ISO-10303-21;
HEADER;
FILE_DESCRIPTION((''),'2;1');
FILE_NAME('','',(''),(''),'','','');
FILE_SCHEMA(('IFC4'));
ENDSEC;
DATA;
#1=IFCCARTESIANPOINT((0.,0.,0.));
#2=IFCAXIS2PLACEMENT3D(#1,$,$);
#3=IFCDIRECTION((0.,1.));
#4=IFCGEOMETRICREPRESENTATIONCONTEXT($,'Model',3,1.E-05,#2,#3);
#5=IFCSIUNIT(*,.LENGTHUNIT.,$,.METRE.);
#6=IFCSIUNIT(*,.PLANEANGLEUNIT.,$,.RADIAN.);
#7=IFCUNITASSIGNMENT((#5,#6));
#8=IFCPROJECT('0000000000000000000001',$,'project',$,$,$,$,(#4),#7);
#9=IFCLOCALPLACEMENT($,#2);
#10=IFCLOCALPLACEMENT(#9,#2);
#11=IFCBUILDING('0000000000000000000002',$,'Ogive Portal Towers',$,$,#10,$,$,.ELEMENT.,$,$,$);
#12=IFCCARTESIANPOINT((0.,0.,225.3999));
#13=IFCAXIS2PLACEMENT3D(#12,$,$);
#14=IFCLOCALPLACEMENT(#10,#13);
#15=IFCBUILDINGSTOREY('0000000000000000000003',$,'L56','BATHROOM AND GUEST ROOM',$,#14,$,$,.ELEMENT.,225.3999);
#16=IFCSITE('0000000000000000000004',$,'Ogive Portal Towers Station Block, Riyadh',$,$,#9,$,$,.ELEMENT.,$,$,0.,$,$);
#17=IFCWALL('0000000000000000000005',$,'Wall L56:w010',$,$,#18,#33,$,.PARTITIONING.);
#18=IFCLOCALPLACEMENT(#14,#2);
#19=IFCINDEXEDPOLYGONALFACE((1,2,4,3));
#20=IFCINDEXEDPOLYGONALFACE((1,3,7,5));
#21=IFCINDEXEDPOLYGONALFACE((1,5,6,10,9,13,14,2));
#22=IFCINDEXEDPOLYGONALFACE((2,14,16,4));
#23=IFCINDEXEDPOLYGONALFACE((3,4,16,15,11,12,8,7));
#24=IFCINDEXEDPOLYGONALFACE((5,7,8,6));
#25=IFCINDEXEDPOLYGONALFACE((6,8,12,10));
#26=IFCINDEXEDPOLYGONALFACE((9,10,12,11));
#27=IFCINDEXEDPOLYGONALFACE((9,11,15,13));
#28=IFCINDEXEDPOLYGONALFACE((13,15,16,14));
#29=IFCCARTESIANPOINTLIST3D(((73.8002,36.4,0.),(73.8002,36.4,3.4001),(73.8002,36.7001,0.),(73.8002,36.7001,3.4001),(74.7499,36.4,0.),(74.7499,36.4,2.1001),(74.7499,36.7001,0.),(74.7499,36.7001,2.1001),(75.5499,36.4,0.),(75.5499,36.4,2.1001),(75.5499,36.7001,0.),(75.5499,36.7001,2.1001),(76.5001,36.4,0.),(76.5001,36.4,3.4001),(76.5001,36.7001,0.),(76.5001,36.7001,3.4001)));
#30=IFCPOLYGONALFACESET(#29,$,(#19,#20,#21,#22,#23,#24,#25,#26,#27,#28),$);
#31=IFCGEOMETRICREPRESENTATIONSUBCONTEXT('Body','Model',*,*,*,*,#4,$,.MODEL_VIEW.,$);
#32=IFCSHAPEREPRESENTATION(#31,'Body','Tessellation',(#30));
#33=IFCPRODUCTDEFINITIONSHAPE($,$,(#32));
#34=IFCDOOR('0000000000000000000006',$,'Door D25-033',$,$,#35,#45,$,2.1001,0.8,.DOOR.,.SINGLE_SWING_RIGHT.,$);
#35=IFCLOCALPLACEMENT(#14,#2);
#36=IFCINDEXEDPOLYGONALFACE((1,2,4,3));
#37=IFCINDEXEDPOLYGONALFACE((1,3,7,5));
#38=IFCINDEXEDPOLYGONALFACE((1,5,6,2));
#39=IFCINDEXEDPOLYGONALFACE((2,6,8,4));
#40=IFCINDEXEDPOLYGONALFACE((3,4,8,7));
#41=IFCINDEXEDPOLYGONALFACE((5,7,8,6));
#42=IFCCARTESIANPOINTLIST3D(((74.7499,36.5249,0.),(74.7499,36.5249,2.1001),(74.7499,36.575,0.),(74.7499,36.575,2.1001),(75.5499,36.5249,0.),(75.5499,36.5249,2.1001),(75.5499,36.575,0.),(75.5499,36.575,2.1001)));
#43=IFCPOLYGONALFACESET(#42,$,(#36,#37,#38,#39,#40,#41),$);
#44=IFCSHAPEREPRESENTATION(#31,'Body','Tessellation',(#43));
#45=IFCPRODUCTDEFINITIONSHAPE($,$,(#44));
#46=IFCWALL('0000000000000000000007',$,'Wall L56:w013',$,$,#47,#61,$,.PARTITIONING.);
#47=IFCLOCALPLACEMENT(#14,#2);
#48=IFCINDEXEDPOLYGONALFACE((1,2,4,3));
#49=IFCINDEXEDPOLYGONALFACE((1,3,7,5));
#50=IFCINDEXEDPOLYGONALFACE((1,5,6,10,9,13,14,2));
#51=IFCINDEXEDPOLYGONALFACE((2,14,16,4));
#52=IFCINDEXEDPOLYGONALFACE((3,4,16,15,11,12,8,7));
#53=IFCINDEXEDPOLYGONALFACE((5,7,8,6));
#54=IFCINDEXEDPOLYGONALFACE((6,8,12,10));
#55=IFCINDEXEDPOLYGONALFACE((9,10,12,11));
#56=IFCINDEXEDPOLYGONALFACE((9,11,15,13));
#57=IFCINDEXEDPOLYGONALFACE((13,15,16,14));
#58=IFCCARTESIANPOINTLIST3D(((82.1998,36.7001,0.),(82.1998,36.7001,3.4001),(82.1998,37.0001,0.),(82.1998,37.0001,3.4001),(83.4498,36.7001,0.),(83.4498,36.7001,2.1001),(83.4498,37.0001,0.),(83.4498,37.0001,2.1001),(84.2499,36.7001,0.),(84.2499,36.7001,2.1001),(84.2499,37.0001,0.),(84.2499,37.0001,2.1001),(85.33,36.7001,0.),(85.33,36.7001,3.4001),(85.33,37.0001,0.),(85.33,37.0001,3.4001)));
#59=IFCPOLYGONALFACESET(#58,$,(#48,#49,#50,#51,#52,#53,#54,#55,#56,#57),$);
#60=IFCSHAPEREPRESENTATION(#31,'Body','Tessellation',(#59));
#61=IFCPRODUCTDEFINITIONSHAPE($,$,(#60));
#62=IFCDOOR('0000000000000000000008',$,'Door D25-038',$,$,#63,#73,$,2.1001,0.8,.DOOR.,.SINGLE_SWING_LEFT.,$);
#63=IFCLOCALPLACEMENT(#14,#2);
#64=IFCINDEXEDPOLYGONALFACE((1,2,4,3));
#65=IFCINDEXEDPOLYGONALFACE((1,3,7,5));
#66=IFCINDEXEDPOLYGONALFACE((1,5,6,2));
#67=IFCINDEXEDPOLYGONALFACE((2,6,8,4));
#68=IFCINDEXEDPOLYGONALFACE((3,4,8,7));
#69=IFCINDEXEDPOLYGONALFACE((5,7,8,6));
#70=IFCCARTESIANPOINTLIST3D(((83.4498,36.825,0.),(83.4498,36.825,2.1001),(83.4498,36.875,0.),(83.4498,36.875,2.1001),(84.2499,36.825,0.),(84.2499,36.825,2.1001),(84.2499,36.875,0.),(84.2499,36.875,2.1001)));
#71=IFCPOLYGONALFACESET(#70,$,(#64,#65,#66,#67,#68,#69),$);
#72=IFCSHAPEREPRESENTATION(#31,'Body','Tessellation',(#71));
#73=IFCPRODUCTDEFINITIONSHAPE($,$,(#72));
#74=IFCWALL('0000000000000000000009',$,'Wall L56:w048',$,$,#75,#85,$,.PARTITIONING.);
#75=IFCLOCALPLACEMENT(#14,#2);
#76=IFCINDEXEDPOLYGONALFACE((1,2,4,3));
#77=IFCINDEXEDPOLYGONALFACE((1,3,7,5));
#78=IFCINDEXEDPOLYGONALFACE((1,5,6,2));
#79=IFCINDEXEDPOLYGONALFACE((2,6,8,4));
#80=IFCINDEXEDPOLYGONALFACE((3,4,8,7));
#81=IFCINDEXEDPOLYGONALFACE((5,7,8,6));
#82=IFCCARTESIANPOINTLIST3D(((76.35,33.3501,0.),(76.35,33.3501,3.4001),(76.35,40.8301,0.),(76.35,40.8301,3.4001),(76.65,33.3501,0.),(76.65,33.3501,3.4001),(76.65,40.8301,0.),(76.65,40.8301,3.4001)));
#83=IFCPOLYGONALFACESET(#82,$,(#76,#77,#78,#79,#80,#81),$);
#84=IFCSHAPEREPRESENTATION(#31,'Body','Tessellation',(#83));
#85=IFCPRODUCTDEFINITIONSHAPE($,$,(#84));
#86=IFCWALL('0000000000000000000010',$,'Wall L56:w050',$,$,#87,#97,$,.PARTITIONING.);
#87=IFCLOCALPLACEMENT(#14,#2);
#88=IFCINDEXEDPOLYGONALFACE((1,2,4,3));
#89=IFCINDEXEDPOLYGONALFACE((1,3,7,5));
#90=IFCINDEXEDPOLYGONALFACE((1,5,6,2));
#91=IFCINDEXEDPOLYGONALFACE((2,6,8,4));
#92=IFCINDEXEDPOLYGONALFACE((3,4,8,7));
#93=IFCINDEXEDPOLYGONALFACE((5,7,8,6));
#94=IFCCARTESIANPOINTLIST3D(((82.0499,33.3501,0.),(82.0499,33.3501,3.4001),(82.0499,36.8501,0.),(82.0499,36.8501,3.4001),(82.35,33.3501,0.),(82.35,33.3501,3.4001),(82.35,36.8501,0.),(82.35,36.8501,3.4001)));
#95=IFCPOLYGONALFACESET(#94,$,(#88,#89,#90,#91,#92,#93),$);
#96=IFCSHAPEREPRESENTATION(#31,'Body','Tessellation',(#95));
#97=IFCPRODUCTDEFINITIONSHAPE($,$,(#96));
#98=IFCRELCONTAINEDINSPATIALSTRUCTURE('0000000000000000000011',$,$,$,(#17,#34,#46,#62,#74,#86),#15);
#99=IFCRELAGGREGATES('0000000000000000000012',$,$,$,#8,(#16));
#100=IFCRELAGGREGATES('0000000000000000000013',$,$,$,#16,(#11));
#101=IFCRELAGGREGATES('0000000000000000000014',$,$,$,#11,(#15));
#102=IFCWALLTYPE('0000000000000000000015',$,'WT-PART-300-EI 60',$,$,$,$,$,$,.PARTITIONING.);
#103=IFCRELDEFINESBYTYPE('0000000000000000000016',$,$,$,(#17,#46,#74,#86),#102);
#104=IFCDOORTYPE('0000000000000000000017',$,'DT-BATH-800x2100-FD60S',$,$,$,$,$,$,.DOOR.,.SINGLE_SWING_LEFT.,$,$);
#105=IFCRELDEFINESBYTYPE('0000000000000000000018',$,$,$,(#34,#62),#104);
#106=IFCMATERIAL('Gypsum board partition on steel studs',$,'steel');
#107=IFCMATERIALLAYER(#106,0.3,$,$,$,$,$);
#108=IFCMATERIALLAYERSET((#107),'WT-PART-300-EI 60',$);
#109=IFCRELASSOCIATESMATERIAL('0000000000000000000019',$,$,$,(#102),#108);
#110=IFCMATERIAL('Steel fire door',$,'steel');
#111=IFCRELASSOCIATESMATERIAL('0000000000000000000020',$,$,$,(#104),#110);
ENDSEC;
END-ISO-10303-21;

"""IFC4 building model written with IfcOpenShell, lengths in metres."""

from ifc_helpers import new_model, si_unit, direction, frame, frame_2d, origin, place, context, subcontext, project, spatial, rectangle, extrude, material, layer, layer_set, type_object, element, fill, save


model = new_model("IFC4")

# Units and contexts
model_context = context("Model", 3, precision=1e-05, world=origin(), true_north=direction((0.0, 1.0)))
body_context = subcontext(model_context, "Body", "Model", "MODEL_VIEW")
ifc_project = project(units=[si_unit("LENGTHUNIT", "METRE"), si_unit("PLANEANGLEUNIT", "RADIAN")], contexts=[model_context])

# Site, building, storey
site_placement = place(None, origin())
site = spatial("IfcSite", under=ifc_project, at=site_placement, Name="Ogive Portal Towers Station Block, Riyadh", CompositionType="ELEMENT", RefElevation=0.0)
building_placement = place(site_placement, origin())
building = spatial("IfcBuilding", under=site, at=building_placement, Name="Ogive Portal Towers", CompositionType="ELEMENT")
storey_placement = place(building_placement, frame((0.0, 0.0, 225.3999)))
storey = spatial("IfcBuildingStorey", under=building, at=storey_placement, Name="L56", Description="BATHROOM AND GUEST ROOM", CompositionType="ELEMENT", Elevation=225.3999)

# Shared definitions
ifc_material_1 = material(Name="Gypsum board partition on steel studs", Category="steel")
ifc_material_2 = material(Name="Steel fire door", Category="steel")

# Walls, openings, doors
ifc_layer_1 = layer(ifc_material_1, 0.3)
ifc_layer_set_1 = layer_set([ifc_layer_1], Name="WT-PART-300-EI 60")
wall_type_1 = type_object("IfcWallType", Name="WT-PART-300-EI 60", PredefinedType="PARTITIONING", material=ifc_layer_set_1)
wall_1_placement = place(storey_placement, frame((73.8, 36.55, 0.0), z_axis=(0.0, 0.0, 1.0), x_axis=(1.0, 0.0, 0.0)))
wall_1 = element("IfcWall", 1, at=wall_1_placement, inside=storey, type_object=wall_type_1, Name="Wall L56:w010", PredefinedType="PARTITIONING", context=body_context, shape_type="SweptSolid", body=[
    extrude(rectangle(XDim=2.7, YDim=0.3, at=frame_2d((1.3501, 0.0))), origin(), (0.0, 0.0, 1.0), 3.4001),
])
opening_1_placement = place(wall_1_placement, frame((0.95, 0.0, 0.0)))
opening_1 = element("IfcOpeningElement", 2, at=opening_1_placement, cuts=wall_1, PredefinedType="OPENING", context=body_context, shape_type="SweptSolid", body=[
    extrude(rectangle(XDim=0.8, YDim=2.1001, at=frame_2d((0.3999, 1.05))), frame((0.0, 0.1602, 0.0), z_axis=(0.0, -1.0, 0.0), x_axis=(1.0, 0.0, 0.0)), (0.0, 0.0, 1.0), 0.3201),
])
door_type_1 = type_object("IfcDoorType", Name="DT-BATH-800x2100-FD60S", OperationType="SINGLE_SWING_LEFT", PredefinedType="DOOR", material=ifc_material_2)
door_1_placement = place(opening_1_placement, origin())
door_1 = element("IfcDoor", 3, at=door_1_placement, inside=storey, type_object=door_type_1, Name="Door D25-033", OperationType="SINGLE_SWING_RIGHT", OverallHeight=2.1001, OverallWidth=0.8, PredefinedType="DOOR", context=body_context, shape_type="SweptSolid", body=[
    extrude(rectangle(XDim=0.8, YDim=2.1001, at=frame_2d((0.3999, 1.05))), frame((0.0, 0.0249, 0.0), z_axis=(0.0, -1.0, 0.0), x_axis=(1.0, 0.0, 0.0)), (0.0, 0.0, 1.0), 0.05),
])
fill(opening_1, door_1)
wall_2_placement = place(storey_placement, frame((82.2, 36.8501, 0.0), z_axis=(0.0, 0.0, 1.0), x_axis=(1.0, 0.0, 0.0)))
wall_2 = element("IfcWall", 4, at=wall_2_placement, inside=storey, type_object=wall_type_1, Name="Wall L56:w013", PredefinedType="PARTITIONING", context=body_context, shape_type="SweptSolid", body=[
    extrude(rectangle(XDim=3.1301, YDim=0.3, at=frame_2d((1.5649, 0.0))), origin(), (0.0, 0.0, 1.0), 3.4001),
])
opening_2_placement = place(wall_2_placement, frame((1.25, 0.0, 0.0)))
opening_2 = element("IfcOpeningElement", 5, at=opening_2_placement, cuts=wall_2, PredefinedType="OPENING", context=body_context, shape_type="SweptSolid", body=[
    extrude(rectangle(XDim=0.8, YDim=2.1001, at=frame_2d((0.3999, 1.05))), frame((0.0, 0.1602, 0.0), z_axis=(0.0, -1.0, 0.0), x_axis=(1.0, 0.0, 0.0)), (0.0, 0.0, 1.0), 0.3201),
])
door_2_placement = place(opening_2_placement, origin())
door_2 = element("IfcDoor", 6, at=door_2_placement, inside=storey, type_object=door_type_1, Name="Door D25-038", OperationType="SINGLE_SWING_LEFT", OverallHeight=2.1001, OverallWidth=0.8, PredefinedType="DOOR", context=body_context, shape_type="SweptSolid", body=[
    extrude(rectangle(XDim=0.8, YDim=2.1001, at=frame_2d((0.3999, 1.05))), frame((0.0, 0.0249, 0.0), z_axis=(0.0, -1.0, 0.0), x_axis=(1.0, 0.0, 0.0)), (0.0, 0.0, 1.0), 0.05),
])
fill(opening_2, door_2)

# Walls
wall_3_placement = place(storey_placement, frame((76.5, 33.3501, 0.0), z_axis=(0.0, 0.0, 1.0), x_axis=(0.0, 1.0, 0.0)))
element("IfcWall", 7, at=wall_3_placement, inside=storey, type_object=wall_type_1, Name="Wall L56:w048", PredefinedType="PARTITIONING", context=body_context, shape_type="SweptSolid", body=[
    extrude(rectangle(XDim=7.48, YDim=0.3, at=frame_2d((3.74, 0.0))), origin(), (0.0, 0.0, 1.0), 3.4001),
])
wall_4_placement = place(storey_placement, frame((82.2, 33.3501, 0.0), z_axis=(0.0, 0.0, 1.0), x_axis=(0.0, 1.0, 0.0)))
element("IfcWall", 8, at=wall_4_placement, inside=storey, type_object=wall_type_1, Name="Wall L56:w050", PredefinedType="PARTITIONING", context=body_context, shape_type="SweptSolid", body=[
    extrude(rectangle(XDim=3.5, YDim=0.3, at=frame_2d((1.75, 0.0))), origin(), (0.0, 0.0, 1.0), 3.4001),
])

save(model, "model.ifc")
